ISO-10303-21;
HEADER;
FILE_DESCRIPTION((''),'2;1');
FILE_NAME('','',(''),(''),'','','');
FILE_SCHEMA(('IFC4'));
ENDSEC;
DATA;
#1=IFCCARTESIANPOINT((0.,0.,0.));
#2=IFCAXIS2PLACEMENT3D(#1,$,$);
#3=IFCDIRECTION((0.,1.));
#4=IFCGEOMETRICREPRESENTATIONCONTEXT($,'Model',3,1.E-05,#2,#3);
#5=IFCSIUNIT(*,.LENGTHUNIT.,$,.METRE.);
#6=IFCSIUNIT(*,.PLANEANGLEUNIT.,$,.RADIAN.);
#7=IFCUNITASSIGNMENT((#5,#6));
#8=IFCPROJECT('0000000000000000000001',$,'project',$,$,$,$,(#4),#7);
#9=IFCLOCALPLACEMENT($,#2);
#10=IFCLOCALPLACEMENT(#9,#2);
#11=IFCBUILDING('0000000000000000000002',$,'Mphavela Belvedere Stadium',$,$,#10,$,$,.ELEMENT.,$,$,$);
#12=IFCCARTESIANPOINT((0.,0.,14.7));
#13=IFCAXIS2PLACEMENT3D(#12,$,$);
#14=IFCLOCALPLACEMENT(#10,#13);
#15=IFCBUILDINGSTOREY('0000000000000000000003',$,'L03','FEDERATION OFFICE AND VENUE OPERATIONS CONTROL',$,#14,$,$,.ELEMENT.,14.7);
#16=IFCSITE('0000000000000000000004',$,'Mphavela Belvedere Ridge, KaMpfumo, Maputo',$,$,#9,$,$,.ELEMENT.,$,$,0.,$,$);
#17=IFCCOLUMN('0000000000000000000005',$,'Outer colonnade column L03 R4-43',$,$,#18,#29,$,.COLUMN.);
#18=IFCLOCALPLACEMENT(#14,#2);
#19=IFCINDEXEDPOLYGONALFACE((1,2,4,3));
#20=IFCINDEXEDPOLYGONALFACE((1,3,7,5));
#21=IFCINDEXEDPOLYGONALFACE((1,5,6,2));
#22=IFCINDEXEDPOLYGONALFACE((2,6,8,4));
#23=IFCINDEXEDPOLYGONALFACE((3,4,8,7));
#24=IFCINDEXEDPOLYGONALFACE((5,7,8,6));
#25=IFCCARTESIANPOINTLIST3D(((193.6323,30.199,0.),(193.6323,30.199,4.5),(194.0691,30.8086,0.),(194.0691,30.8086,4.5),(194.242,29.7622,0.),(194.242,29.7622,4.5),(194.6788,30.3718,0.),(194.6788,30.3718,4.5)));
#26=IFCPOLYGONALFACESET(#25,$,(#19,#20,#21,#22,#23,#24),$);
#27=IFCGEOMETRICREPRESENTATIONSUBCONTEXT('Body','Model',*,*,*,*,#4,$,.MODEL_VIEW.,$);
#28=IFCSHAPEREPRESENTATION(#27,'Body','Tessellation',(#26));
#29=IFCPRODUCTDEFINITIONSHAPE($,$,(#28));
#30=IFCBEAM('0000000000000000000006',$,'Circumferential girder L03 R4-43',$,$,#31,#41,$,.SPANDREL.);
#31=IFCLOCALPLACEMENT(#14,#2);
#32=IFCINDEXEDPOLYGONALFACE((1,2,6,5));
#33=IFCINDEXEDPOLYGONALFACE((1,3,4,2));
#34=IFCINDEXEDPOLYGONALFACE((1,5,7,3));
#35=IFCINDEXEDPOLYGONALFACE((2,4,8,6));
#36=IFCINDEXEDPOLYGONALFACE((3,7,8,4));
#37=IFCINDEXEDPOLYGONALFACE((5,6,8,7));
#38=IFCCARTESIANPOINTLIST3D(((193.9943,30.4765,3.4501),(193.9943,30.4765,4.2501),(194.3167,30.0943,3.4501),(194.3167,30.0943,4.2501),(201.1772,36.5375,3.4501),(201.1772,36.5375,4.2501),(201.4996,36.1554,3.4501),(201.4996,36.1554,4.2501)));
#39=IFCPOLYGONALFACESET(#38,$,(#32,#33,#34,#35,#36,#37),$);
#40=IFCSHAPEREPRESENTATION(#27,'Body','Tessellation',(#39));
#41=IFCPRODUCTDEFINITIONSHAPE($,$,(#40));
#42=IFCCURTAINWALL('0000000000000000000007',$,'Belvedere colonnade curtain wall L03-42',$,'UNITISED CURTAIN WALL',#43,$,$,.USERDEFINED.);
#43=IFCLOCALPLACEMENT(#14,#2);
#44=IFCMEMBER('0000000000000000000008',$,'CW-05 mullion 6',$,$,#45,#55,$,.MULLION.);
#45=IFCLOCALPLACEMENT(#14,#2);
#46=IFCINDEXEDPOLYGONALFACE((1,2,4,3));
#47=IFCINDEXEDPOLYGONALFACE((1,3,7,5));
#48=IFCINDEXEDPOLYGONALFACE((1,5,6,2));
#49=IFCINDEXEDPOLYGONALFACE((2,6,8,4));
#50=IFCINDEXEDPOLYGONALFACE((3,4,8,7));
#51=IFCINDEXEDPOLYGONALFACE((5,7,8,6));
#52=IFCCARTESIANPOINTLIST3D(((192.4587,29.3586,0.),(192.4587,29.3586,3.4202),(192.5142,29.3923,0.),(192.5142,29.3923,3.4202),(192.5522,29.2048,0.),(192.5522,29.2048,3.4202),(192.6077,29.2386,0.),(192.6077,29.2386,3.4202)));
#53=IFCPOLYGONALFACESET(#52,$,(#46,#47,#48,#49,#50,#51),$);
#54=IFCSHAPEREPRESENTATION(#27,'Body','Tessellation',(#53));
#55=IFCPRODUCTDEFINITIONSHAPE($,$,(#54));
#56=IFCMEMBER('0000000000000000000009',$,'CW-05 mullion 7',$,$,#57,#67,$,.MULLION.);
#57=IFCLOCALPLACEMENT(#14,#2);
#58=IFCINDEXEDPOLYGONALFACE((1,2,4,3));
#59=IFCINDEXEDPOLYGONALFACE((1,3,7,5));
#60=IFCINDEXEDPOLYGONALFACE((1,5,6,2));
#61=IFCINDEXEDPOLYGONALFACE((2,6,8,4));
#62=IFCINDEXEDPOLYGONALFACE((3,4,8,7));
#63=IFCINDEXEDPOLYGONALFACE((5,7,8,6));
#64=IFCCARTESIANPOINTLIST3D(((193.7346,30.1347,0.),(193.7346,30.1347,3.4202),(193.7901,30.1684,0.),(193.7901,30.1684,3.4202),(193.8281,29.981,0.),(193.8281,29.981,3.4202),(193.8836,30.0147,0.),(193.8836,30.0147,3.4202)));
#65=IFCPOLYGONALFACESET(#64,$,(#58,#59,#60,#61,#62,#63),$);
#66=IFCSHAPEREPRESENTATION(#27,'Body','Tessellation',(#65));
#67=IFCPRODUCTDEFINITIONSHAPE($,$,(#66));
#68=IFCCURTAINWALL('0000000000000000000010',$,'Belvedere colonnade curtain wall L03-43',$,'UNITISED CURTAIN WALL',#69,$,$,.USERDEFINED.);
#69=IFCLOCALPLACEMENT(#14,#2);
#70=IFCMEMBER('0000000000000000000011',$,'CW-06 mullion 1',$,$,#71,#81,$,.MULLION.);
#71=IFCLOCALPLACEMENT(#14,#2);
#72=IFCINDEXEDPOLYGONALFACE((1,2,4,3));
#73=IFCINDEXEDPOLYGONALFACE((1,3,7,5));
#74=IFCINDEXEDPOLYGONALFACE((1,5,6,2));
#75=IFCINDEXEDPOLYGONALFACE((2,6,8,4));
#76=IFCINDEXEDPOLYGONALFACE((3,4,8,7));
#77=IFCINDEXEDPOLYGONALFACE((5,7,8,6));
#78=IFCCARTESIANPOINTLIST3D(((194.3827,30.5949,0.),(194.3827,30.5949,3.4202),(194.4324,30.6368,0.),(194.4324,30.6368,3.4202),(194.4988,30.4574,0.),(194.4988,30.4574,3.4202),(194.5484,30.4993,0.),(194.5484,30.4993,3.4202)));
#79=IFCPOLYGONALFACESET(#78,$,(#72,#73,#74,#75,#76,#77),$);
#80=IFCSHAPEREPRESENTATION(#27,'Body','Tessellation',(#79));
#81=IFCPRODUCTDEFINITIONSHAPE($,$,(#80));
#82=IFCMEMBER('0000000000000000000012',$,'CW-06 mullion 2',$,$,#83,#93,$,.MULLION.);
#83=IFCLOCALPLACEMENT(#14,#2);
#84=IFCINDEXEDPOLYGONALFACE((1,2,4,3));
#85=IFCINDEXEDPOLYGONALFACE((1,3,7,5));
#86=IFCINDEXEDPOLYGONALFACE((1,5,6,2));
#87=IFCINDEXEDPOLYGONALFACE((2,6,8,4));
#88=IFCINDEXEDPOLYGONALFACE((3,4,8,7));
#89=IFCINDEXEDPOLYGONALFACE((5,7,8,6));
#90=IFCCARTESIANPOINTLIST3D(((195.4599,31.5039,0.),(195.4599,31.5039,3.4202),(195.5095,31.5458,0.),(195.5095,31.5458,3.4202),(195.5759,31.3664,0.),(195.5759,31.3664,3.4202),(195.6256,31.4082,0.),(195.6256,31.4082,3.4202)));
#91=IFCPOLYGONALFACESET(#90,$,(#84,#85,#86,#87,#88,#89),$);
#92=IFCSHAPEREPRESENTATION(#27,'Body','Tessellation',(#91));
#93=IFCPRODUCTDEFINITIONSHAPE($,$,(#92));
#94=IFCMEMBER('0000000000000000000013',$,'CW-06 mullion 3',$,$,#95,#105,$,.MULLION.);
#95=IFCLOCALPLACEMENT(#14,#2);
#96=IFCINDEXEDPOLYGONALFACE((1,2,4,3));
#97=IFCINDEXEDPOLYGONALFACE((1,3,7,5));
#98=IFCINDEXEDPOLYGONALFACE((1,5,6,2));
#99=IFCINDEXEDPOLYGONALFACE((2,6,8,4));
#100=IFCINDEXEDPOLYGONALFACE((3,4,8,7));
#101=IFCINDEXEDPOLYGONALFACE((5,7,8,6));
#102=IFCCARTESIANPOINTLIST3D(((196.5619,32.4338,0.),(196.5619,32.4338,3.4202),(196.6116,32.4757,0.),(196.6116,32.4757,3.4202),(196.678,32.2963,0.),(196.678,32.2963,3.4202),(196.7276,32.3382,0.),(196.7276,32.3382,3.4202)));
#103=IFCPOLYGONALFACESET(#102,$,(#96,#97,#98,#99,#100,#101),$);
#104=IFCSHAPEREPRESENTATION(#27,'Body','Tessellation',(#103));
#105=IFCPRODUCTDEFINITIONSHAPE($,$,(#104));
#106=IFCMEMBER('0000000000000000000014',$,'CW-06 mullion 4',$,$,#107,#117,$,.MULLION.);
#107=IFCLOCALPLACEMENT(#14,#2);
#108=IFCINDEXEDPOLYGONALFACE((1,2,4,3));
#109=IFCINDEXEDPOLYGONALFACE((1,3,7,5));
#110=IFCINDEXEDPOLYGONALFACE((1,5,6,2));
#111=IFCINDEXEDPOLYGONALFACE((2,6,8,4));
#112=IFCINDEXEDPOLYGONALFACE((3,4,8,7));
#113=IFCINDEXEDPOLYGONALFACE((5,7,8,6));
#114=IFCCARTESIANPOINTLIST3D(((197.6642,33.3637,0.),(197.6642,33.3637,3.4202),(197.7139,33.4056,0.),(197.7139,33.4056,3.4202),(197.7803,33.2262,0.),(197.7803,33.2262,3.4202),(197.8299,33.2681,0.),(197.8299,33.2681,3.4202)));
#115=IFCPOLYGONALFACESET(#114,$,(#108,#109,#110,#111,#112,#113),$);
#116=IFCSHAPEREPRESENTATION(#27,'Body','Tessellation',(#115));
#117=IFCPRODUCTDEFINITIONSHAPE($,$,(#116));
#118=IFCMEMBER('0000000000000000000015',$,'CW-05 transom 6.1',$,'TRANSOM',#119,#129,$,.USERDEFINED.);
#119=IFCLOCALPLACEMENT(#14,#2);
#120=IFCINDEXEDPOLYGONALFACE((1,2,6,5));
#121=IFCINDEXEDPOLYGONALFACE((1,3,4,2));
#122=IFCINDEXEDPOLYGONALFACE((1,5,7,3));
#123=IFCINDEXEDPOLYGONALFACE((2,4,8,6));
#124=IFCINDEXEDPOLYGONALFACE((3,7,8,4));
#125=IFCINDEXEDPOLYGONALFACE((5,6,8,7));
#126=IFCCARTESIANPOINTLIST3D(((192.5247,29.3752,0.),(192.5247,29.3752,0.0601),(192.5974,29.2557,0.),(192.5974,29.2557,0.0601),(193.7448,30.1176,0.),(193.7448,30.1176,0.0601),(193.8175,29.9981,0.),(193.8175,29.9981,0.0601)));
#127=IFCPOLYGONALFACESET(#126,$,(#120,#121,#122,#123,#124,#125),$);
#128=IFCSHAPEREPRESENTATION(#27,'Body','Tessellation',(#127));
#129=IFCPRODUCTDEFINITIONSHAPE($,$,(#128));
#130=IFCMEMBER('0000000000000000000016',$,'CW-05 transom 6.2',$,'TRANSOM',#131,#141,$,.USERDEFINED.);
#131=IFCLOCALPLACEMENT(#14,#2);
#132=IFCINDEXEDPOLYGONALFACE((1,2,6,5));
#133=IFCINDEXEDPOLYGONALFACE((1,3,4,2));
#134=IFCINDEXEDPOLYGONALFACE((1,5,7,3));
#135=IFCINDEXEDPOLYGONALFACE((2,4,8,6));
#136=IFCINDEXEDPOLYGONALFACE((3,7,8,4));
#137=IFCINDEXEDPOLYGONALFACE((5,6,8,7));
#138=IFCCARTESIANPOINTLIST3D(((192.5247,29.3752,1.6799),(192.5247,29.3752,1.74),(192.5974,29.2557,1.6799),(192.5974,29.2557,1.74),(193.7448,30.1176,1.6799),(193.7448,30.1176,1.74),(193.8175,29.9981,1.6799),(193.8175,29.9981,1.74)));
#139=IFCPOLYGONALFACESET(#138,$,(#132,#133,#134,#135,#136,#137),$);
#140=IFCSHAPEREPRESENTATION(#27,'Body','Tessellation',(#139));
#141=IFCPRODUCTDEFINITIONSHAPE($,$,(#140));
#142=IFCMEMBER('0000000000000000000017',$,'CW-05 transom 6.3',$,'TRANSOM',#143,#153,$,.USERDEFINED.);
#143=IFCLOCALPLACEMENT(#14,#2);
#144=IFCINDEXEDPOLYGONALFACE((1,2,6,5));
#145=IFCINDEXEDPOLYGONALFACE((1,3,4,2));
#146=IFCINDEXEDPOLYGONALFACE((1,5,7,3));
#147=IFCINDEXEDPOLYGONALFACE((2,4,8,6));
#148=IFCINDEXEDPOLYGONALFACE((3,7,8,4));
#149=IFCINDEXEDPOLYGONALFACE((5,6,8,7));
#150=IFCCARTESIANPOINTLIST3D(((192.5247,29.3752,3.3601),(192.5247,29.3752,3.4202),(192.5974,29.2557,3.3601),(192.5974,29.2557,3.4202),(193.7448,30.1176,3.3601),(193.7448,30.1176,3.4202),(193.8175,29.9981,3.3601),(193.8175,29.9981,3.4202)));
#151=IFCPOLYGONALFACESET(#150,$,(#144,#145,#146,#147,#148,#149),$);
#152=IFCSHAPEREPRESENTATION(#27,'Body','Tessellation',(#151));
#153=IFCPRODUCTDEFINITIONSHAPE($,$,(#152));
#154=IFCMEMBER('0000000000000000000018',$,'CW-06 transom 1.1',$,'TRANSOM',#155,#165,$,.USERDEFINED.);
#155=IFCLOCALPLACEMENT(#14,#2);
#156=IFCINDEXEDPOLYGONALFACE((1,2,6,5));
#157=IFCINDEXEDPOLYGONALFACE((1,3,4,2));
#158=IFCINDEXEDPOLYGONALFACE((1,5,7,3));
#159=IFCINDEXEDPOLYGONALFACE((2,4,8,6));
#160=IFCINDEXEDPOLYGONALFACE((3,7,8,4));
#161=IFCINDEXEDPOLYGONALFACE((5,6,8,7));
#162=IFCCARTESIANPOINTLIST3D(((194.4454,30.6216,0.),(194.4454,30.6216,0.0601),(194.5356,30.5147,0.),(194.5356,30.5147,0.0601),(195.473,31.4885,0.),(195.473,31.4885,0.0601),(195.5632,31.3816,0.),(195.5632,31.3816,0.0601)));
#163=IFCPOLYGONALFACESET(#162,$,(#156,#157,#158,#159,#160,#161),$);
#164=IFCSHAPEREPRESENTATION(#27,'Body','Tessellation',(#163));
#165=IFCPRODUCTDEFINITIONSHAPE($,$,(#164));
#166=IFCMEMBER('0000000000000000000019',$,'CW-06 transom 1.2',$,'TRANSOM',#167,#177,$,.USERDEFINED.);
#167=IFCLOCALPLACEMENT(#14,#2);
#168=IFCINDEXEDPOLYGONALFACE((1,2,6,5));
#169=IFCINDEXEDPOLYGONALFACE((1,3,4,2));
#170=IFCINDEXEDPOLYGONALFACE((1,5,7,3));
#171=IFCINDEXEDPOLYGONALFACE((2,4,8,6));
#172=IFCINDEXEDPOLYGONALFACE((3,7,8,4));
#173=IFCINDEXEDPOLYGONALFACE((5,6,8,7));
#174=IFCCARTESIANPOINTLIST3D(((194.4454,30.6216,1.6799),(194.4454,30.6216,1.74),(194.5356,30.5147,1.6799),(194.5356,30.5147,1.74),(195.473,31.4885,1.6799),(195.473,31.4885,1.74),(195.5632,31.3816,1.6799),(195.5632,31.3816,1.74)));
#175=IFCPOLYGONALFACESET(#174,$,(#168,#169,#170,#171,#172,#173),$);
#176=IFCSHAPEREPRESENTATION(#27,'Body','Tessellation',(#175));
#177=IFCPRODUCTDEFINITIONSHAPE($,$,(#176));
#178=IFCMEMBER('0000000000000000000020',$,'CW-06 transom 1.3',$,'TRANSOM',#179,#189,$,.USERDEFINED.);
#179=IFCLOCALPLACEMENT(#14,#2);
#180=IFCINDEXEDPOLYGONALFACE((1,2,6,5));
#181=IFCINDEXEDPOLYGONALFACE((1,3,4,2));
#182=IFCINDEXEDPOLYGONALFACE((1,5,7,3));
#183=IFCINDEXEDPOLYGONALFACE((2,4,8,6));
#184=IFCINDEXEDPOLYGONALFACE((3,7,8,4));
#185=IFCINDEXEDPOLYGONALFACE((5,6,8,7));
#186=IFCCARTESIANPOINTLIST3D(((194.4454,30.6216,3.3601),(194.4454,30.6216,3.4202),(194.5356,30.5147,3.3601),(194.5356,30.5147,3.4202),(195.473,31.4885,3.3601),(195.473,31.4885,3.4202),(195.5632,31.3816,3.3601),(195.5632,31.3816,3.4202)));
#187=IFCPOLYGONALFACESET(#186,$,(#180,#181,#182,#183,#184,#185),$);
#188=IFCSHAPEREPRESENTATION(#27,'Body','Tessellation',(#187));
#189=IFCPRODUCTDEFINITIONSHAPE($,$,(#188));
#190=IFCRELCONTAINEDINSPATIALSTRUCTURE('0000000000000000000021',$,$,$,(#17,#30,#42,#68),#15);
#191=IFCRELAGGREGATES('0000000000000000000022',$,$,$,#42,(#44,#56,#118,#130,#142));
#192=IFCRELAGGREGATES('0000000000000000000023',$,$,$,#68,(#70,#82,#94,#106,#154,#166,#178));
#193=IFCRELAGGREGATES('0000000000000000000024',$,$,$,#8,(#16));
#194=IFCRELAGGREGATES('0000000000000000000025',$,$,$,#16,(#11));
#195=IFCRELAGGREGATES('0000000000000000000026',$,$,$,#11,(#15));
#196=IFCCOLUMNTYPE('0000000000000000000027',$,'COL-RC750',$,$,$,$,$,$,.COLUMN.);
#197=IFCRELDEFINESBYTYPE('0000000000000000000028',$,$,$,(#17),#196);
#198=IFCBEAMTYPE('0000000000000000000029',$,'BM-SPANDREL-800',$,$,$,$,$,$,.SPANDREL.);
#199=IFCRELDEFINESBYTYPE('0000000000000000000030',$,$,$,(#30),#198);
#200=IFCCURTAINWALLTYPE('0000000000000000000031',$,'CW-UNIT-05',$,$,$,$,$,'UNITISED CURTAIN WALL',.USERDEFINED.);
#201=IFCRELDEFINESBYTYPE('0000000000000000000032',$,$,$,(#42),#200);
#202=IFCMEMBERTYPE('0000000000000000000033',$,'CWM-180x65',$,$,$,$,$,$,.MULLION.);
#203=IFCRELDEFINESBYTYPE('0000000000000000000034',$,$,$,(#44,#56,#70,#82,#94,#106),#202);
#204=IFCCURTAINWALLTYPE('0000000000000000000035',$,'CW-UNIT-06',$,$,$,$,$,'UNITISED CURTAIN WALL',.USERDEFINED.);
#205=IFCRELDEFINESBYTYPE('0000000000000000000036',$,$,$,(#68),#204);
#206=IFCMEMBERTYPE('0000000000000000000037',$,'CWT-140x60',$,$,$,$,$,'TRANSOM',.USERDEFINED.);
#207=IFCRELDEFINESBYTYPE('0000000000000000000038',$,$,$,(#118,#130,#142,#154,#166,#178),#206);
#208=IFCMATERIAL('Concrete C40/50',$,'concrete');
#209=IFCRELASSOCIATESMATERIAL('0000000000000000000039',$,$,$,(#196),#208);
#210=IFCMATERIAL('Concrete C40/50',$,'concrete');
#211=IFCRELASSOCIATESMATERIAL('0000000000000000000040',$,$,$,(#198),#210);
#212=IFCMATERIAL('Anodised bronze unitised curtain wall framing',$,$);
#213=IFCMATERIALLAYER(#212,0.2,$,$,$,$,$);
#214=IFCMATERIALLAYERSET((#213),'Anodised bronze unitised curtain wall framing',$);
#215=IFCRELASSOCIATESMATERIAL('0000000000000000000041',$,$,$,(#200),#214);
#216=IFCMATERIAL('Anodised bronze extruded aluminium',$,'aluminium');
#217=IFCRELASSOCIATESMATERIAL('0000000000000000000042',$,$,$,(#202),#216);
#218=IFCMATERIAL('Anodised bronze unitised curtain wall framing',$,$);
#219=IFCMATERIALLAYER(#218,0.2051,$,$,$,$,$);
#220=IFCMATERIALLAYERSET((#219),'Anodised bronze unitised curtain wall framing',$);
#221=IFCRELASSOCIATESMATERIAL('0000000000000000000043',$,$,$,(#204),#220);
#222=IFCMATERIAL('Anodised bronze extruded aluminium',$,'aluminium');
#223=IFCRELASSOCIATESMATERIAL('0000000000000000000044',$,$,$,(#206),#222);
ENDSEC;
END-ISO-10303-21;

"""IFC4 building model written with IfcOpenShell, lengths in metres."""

from ifc_helpers import new_model, si_unit, direction, frame, origin, origin_2d, place, context, subcontext, project, spatial, rectangle, extrude, material, layer, layer_set, material_profile, profile_set, type_object, element, aggregate, save


model = new_model("IFC4")

# Units and contexts
model_context = context("Model", 3, precision=1e-05, world=origin(), true_north=direction((0.0, 1.0)))
body_context = subcontext(model_context, "Body", "Model", "MODEL_VIEW")
ifc_project = project(units=[si_unit("LENGTHUNIT", "METRE"), si_unit("PLANEANGLEUNIT", "RADIAN")], contexts=[model_context])

# Site, building, storey
site_placement = place(None, origin())
site = spatial("IfcSite", under=ifc_project, at=site_placement, Name="Mphavela Belvedere Ridge, KaMpfumo, Maputo", CompositionType="ELEMENT", RefElevation=0.0)
building_placement = place(site_placement, origin())
building = spatial("IfcBuilding", under=site, at=building_placement, Name="Mphavela Belvedere Stadium", CompositionType="ELEMENT")
storey_placement = place(building_placement, frame((0.0, 0.0, 14.7)))
storey = spatial("IfcBuildingStorey", under=building, at=storey_placement, Name="L03", Description="FEDERATION OFFICE AND VENUE OPERATIONS CONTROL", CompositionType="ELEMENT", Elevation=14.7)

# Column
ifc_material_1 = material(Name="Concrete C40/50", Category="concrete")
ifc_material_profile_1 = material_profile(ifc_material_1, rectangle(XDim=0.75, YDim=0.75, at=origin_2d()), Name="RC 750x750")
ifc_profile_set_1 = profile_set([ifc_material_profile_1], Name="Concrete C40/50")
column_type = type_object("IfcColumnType", Name="COL-RC750", PredefinedType="COLUMN", material=ifc_profile_set_1)
column_placement = place(storey_placement, frame((194.1555, 30.2854, 0.0), z_axis=(0.0, 0.0, 1.0), x_axis=(0.812898, -0.582407, 0.0)))
element("IfcColumn", 1, at=column_placement, inside=storey, type_object=column_type, Name="Outer colonnade column L03 R4-43", PredefinedType="COLUMN", context=body_context, shape_type="SweptSolid", body=[
    extrude(rectangle(XDim=0.75, YDim=0.75, at=origin_2d()), origin(), (0.0, 0.0, 1.0), 4.5),
])

# Beam
ifc_material_2 = material(Name="Concrete C40/50", Category="concrete")
ifc_material_profile_2 = material_profile(ifc_material_2, rectangle(XDim=0.5, YDim=0.8, at=origin_2d()), Name="RC 500x800")
ifc_profile_set_2 = profile_set([ifc_material_profile_2], Name="Concrete C40/50")
beam_type = type_object("IfcBeamType", Name="BM-SPANDREL-800", PredefinedType="SPANDREL", material=ifc_profile_set_2)
beam_placement = place(storey_placement, frame((194.1555, 30.2854, 3.8501), z_axis=(0.764265, 0.644902, 0.0), x_axis=(-0.644902, 0.764265, 0.0)))
element("IfcBeam", 2, at=beam_placement, inside=storey, type_object=beam_type, Name="Circumferential girder L03 R4-43", PredefinedType="SPANDREL", context=body_context, shape_type="SweptSolid", body=[
    extrude(rectangle(XDim=0.5, YDim=0.8, at=origin_2d()), origin(), (0.0, 0.0, 1.0), 9.3984),
])

# Curtain walls, members
ifc_material_3 = material(Name="Anodised bronze unitised curtain wall framing")
ifc_layer_1 = layer(ifc_material_3, 0.2)
ifc_layer_set_1 = layer_set([ifc_layer_1], Name="Anodised bronze unitised curtain wall framing")
curtain_wall_type_1 = type_object("IfcCurtainWallType", Name="CW-UNIT-05", ElementType="UNITISED CURTAIN WALL", PredefinedType="USERDEFINED", material=ifc_layer_set_1)
curtain_wall_1_placement = place(storey_placement, origin())
curtain_wall_1 = element("IfcCurtainWall", 3, at=curtain_wall_1_placement, inside=storey, type_object=curtain_wall_type_1, Name="Belvedere colonnade curtain wall L03-42", ObjectType="UNITISED CURTAIN WALL", PredefinedType="USERDEFINED")
ifc_material_4 = material(Name="Anodised bronze extruded aluminium", Category="aluminium")
ifc_material_profile_3 = material_profile(ifc_material_4, rectangle(XDim=0.1799, YDim=0.0649, at=origin_2d()), Name="CW-MUL 180x65")
ifc_profile_set_3 = profile_set([ifc_material_profile_3], Name="Anodised bronze extruded aluminium")
member_type_1 = type_object("IfcMemberType", Name="CWM-180x65", PredefinedType="MULLION", material=ifc_profile_set_3)
member_1_placement = place(storey_placement, frame((192.5332, 29.2986, 0.0), z_axis=(0.0, 0.0, 1.0), x_axis=(-0.519738, 0.854325, 0.0)))
member_1 = element("IfcMember", 4, at=member_1_placement, type_object=member_type_1, Name="CW-05 mullion 6", PredefinedType="MULLION", context=body_context, shape_type="SweptSolid", body=[
    extrude(rectangle(XDim=0.1799, YDim=0.0649, at=origin_2d()), origin(), (0.0, 0.0, 1.0), 3.4202),
])
member_2_placement = place(storey_placement, frame((193.8091, 30.0747, 0.0), z_axis=(0.0, 0.0, 1.0), x_axis=(-0.519738, 0.854325, 0.0)))
member_2 = element("IfcMember", 5, at=member_2_placement, type_object=member_type_1, Name="CW-05 mullion 7", PredefinedType="MULLION", context=body_context, shape_type="SweptSolid", body=[
    extrude(rectangle(XDim=0.1799, YDim=0.0649, at=origin_2d()), origin(), (0.0, 0.0, 1.0), 3.4202),
])
ifc_material_5 = material(Name="Anodised bronze unitised curtain wall framing")
ifc_layer_2 = layer(ifc_material_5, 0.2051)
ifc_layer_set_2 = layer_set([ifc_layer_2], Name="Anodised bronze unitised curtain wall framing")
curtain_wall_type_2 = type_object("IfcCurtainWallType", Name="CW-UNIT-06", ElementType="UNITISED CURTAIN WALL", PredefinedType="USERDEFINED", material=ifc_layer_set_2)
curtain_wall_2_placement = place(storey_placement, origin())
curtain_wall_2 = element("IfcCurtainWall", 6, at=curtain_wall_2_placement, inside=storey, type_object=curtain_wall_type_2, Name="Belvedere colonnade curtain wall L03-43", ObjectType="UNITISED CURTAIN WALL", PredefinedType="USERDEFINED")
member_3_placement = place(storey_placement, frame((194.4656, 30.5471, 0.0), z_axis=(0.0, 0.0, 1.0), x_axis=(-0.644905, 0.764263, 0.0)))
member_3 = element("IfcMember", 7, at=member_3_placement, type_object=member_type_1, Name="CW-06 mullion 1", PredefinedType="MULLION", context=body_context, shape_type="SweptSolid", body=[
    extrude(rectangle(XDim=0.1799, YDim=0.0649, at=origin_2d()), origin(), (0.0, 0.0, 1.0), 3.4202),
])
member_4_placement = place(storey_placement, frame((195.5427, 31.4561, 0.0), z_axis=(0.0, 0.0, 1.0), x_axis=(-0.644905, 0.764263, 0.0)))
member_4 = element("IfcMember", 8, at=member_4_placement, type_object=member_type_1, Name="CW-06 mullion 2", PredefinedType="MULLION", context=body_context, shape_type="SweptSolid", body=[
    extrude(rectangle(XDim=0.1799, YDim=0.0649, at=origin_2d()), origin(), (0.0, 0.0, 1.0), 3.4202),
])
member_5_placement = place(storey_placement, frame((196.6448, 32.386, 0.0), z_axis=(0.0, 0.0, 1.0), x_axis=(-0.644905, 0.764263, 0.0)))
member_5 = element("IfcMember", 9, at=member_5_placement, type_object=member_type_1, Name="CW-06 mullion 3", PredefinedType="MULLION", context=body_context, shape_type="SweptSolid", body=[
    extrude(rectangle(XDim=0.1799, YDim=0.0649, at=origin_2d()), origin(), (0.0, 0.0, 1.0), 3.4202),
])
member_6_placement = place(storey_placement, frame((197.7471, 33.3159, 0.0), z_axis=(0.0, 0.0, 1.0), x_axis=(-0.644905, 0.764263, 0.0)))
member_6 = element("IfcMember", 10, at=member_6_placement, type_object=member_type_1, Name="CW-06 mullion 4", PredefinedType="MULLION", context=body_context, shape_type="SweptSolid", body=[
    extrude(rectangle(XDim=0.1799, YDim=0.0649, at=origin_2d()), origin(), (0.0, 0.0, 1.0), 3.4202),
])

# Members
ifc_material_6 = material(Name="Anodised bronze extruded aluminium", Category="aluminium")
ifc_material_profile_4 = material_profile(ifc_material_6, rectangle(XDim=0.1399, YDim=0.0601, at=origin_2d()), Name="CW-TRN 140x60")
ifc_profile_set_4 = profile_set([ifc_material_profile_4], Name="Anodised bronze extruded aluminium")
member_type_2 = type_object("IfcMemberType", Name="CWT-140x60", ElementType="TRANSOM", PredefinedType="USERDEFINED", material=ifc_profile_set_4)
member_7_placement = place(storey_placement, frame((192.561, 29.3154, 0.03), z_axis=(0.854294, 0.51979, 0.0), x_axis=(-0.51979, 0.854294, 0.0)))
member_7 = element("IfcMember", 11, at=member_7_placement, type_object=member_type_2, Name="CW-05 transom 6.1", ObjectType="TRANSOM", PredefinedType="USERDEFINED", context=body_context, shape_type="SweptSolid", body=[
    extrude(rectangle(XDim=0.1399, YDim=0.0601, at=origin_2d()), origin(), (0.0, 0.0, 1.0), 1.4282),
])
member_8_placement = place(storey_placement, frame((192.561, 29.3154, 1.71), z_axis=(0.854294, 0.51979, 0.0), x_axis=(-0.51979, 0.854294, 0.0)))
member_8 = element("IfcMember", 12, at=member_8_placement, type_object=member_type_2, Name="CW-05 transom 6.2", ObjectType="TRANSOM", PredefinedType="USERDEFINED", context=body_context, shape_type="SweptSolid", body=[
    extrude(rectangle(XDim=0.1399, YDim=0.0601, at=origin_2d()), origin(), (0.0, 0.0, 1.0), 1.4282),
])
member_9_placement = place(storey_placement, frame((192.561, 29.3154, 3.3901), z_axis=(0.854294, 0.51979, 0.0), x_axis=(-0.51979, 0.854294, 0.0)))
member_9 = element("IfcMember", 13, at=member_9_placement, type_object=member_type_2, Name="CW-05 transom 6.3", ObjectType="TRANSOM", PredefinedType="USERDEFINED", context=body_context, shape_type="SweptSolid", body=[
    extrude(rectangle(XDim=0.1399, YDim=0.0601, at=origin_2d()), origin(), (0.0, 0.0, 1.0), 1.4282),
])
member_10_placement = place(storey_placement, frame((194.4905, 30.5681, 0.03), z_axis=(0.764322, 0.644834, 0.0), x_axis=(-0.644834, 0.764322, 0.0)))
member_10 = element("IfcMember", 14, at=member_10_placement, type_object=member_type_2, Name="CW-06 transom 1.1", ObjectType="TRANSOM", PredefinedType="USERDEFINED", context=body_context, shape_type="SweptSolid", body=[
    extrude(rectangle(XDim=0.1399, YDim=0.0601, at=origin_2d()), origin(), (0.0, 0.0, 1.0), 1.3445),
])
member_11_placement = place(storey_placement, frame((194.4905, 30.5681, 1.71), z_axis=(0.764322, 0.644834, 0.0), x_axis=(-0.644834, 0.764322, 0.0)))
member_11 = element("IfcMember", 15, at=member_11_placement, type_object=member_type_2, Name="CW-06 transom 1.2", ObjectType="TRANSOM", PredefinedType="USERDEFINED", context=body_context, shape_type="SweptSolid", body=[
    extrude(rectangle(XDim=0.1399, YDim=0.0601, at=origin_2d()), origin(), (0.0, 0.0, 1.0), 1.3445),
])
member_12_placement = place(storey_placement, frame((194.4905, 30.5681, 3.3901), z_axis=(0.764322, 0.644834, 0.0), x_axis=(-0.644834, 0.764322, 0.0)))
member_12 = element("IfcMember", 16, at=member_12_placement, type_object=member_type_2, Name="CW-06 transom 1.3", ObjectType="TRANSOM", PredefinedType="USERDEFINED", context=body_context, shape_type="SweptSolid", body=[
    extrude(rectangle(XDim=0.1399, YDim=0.0601, at=origin_2d()), origin(), (0.0, 0.0, 1.0), 1.3445),
])

aggregate(curtain_wall_1, [member_1, member_2, member_7, member_8, member_9])
aggregate(curtain_wall_2, [member_3, member_4, member_5, member_6, member_10, member_11, member_12])

save(model, "model.ifc")
